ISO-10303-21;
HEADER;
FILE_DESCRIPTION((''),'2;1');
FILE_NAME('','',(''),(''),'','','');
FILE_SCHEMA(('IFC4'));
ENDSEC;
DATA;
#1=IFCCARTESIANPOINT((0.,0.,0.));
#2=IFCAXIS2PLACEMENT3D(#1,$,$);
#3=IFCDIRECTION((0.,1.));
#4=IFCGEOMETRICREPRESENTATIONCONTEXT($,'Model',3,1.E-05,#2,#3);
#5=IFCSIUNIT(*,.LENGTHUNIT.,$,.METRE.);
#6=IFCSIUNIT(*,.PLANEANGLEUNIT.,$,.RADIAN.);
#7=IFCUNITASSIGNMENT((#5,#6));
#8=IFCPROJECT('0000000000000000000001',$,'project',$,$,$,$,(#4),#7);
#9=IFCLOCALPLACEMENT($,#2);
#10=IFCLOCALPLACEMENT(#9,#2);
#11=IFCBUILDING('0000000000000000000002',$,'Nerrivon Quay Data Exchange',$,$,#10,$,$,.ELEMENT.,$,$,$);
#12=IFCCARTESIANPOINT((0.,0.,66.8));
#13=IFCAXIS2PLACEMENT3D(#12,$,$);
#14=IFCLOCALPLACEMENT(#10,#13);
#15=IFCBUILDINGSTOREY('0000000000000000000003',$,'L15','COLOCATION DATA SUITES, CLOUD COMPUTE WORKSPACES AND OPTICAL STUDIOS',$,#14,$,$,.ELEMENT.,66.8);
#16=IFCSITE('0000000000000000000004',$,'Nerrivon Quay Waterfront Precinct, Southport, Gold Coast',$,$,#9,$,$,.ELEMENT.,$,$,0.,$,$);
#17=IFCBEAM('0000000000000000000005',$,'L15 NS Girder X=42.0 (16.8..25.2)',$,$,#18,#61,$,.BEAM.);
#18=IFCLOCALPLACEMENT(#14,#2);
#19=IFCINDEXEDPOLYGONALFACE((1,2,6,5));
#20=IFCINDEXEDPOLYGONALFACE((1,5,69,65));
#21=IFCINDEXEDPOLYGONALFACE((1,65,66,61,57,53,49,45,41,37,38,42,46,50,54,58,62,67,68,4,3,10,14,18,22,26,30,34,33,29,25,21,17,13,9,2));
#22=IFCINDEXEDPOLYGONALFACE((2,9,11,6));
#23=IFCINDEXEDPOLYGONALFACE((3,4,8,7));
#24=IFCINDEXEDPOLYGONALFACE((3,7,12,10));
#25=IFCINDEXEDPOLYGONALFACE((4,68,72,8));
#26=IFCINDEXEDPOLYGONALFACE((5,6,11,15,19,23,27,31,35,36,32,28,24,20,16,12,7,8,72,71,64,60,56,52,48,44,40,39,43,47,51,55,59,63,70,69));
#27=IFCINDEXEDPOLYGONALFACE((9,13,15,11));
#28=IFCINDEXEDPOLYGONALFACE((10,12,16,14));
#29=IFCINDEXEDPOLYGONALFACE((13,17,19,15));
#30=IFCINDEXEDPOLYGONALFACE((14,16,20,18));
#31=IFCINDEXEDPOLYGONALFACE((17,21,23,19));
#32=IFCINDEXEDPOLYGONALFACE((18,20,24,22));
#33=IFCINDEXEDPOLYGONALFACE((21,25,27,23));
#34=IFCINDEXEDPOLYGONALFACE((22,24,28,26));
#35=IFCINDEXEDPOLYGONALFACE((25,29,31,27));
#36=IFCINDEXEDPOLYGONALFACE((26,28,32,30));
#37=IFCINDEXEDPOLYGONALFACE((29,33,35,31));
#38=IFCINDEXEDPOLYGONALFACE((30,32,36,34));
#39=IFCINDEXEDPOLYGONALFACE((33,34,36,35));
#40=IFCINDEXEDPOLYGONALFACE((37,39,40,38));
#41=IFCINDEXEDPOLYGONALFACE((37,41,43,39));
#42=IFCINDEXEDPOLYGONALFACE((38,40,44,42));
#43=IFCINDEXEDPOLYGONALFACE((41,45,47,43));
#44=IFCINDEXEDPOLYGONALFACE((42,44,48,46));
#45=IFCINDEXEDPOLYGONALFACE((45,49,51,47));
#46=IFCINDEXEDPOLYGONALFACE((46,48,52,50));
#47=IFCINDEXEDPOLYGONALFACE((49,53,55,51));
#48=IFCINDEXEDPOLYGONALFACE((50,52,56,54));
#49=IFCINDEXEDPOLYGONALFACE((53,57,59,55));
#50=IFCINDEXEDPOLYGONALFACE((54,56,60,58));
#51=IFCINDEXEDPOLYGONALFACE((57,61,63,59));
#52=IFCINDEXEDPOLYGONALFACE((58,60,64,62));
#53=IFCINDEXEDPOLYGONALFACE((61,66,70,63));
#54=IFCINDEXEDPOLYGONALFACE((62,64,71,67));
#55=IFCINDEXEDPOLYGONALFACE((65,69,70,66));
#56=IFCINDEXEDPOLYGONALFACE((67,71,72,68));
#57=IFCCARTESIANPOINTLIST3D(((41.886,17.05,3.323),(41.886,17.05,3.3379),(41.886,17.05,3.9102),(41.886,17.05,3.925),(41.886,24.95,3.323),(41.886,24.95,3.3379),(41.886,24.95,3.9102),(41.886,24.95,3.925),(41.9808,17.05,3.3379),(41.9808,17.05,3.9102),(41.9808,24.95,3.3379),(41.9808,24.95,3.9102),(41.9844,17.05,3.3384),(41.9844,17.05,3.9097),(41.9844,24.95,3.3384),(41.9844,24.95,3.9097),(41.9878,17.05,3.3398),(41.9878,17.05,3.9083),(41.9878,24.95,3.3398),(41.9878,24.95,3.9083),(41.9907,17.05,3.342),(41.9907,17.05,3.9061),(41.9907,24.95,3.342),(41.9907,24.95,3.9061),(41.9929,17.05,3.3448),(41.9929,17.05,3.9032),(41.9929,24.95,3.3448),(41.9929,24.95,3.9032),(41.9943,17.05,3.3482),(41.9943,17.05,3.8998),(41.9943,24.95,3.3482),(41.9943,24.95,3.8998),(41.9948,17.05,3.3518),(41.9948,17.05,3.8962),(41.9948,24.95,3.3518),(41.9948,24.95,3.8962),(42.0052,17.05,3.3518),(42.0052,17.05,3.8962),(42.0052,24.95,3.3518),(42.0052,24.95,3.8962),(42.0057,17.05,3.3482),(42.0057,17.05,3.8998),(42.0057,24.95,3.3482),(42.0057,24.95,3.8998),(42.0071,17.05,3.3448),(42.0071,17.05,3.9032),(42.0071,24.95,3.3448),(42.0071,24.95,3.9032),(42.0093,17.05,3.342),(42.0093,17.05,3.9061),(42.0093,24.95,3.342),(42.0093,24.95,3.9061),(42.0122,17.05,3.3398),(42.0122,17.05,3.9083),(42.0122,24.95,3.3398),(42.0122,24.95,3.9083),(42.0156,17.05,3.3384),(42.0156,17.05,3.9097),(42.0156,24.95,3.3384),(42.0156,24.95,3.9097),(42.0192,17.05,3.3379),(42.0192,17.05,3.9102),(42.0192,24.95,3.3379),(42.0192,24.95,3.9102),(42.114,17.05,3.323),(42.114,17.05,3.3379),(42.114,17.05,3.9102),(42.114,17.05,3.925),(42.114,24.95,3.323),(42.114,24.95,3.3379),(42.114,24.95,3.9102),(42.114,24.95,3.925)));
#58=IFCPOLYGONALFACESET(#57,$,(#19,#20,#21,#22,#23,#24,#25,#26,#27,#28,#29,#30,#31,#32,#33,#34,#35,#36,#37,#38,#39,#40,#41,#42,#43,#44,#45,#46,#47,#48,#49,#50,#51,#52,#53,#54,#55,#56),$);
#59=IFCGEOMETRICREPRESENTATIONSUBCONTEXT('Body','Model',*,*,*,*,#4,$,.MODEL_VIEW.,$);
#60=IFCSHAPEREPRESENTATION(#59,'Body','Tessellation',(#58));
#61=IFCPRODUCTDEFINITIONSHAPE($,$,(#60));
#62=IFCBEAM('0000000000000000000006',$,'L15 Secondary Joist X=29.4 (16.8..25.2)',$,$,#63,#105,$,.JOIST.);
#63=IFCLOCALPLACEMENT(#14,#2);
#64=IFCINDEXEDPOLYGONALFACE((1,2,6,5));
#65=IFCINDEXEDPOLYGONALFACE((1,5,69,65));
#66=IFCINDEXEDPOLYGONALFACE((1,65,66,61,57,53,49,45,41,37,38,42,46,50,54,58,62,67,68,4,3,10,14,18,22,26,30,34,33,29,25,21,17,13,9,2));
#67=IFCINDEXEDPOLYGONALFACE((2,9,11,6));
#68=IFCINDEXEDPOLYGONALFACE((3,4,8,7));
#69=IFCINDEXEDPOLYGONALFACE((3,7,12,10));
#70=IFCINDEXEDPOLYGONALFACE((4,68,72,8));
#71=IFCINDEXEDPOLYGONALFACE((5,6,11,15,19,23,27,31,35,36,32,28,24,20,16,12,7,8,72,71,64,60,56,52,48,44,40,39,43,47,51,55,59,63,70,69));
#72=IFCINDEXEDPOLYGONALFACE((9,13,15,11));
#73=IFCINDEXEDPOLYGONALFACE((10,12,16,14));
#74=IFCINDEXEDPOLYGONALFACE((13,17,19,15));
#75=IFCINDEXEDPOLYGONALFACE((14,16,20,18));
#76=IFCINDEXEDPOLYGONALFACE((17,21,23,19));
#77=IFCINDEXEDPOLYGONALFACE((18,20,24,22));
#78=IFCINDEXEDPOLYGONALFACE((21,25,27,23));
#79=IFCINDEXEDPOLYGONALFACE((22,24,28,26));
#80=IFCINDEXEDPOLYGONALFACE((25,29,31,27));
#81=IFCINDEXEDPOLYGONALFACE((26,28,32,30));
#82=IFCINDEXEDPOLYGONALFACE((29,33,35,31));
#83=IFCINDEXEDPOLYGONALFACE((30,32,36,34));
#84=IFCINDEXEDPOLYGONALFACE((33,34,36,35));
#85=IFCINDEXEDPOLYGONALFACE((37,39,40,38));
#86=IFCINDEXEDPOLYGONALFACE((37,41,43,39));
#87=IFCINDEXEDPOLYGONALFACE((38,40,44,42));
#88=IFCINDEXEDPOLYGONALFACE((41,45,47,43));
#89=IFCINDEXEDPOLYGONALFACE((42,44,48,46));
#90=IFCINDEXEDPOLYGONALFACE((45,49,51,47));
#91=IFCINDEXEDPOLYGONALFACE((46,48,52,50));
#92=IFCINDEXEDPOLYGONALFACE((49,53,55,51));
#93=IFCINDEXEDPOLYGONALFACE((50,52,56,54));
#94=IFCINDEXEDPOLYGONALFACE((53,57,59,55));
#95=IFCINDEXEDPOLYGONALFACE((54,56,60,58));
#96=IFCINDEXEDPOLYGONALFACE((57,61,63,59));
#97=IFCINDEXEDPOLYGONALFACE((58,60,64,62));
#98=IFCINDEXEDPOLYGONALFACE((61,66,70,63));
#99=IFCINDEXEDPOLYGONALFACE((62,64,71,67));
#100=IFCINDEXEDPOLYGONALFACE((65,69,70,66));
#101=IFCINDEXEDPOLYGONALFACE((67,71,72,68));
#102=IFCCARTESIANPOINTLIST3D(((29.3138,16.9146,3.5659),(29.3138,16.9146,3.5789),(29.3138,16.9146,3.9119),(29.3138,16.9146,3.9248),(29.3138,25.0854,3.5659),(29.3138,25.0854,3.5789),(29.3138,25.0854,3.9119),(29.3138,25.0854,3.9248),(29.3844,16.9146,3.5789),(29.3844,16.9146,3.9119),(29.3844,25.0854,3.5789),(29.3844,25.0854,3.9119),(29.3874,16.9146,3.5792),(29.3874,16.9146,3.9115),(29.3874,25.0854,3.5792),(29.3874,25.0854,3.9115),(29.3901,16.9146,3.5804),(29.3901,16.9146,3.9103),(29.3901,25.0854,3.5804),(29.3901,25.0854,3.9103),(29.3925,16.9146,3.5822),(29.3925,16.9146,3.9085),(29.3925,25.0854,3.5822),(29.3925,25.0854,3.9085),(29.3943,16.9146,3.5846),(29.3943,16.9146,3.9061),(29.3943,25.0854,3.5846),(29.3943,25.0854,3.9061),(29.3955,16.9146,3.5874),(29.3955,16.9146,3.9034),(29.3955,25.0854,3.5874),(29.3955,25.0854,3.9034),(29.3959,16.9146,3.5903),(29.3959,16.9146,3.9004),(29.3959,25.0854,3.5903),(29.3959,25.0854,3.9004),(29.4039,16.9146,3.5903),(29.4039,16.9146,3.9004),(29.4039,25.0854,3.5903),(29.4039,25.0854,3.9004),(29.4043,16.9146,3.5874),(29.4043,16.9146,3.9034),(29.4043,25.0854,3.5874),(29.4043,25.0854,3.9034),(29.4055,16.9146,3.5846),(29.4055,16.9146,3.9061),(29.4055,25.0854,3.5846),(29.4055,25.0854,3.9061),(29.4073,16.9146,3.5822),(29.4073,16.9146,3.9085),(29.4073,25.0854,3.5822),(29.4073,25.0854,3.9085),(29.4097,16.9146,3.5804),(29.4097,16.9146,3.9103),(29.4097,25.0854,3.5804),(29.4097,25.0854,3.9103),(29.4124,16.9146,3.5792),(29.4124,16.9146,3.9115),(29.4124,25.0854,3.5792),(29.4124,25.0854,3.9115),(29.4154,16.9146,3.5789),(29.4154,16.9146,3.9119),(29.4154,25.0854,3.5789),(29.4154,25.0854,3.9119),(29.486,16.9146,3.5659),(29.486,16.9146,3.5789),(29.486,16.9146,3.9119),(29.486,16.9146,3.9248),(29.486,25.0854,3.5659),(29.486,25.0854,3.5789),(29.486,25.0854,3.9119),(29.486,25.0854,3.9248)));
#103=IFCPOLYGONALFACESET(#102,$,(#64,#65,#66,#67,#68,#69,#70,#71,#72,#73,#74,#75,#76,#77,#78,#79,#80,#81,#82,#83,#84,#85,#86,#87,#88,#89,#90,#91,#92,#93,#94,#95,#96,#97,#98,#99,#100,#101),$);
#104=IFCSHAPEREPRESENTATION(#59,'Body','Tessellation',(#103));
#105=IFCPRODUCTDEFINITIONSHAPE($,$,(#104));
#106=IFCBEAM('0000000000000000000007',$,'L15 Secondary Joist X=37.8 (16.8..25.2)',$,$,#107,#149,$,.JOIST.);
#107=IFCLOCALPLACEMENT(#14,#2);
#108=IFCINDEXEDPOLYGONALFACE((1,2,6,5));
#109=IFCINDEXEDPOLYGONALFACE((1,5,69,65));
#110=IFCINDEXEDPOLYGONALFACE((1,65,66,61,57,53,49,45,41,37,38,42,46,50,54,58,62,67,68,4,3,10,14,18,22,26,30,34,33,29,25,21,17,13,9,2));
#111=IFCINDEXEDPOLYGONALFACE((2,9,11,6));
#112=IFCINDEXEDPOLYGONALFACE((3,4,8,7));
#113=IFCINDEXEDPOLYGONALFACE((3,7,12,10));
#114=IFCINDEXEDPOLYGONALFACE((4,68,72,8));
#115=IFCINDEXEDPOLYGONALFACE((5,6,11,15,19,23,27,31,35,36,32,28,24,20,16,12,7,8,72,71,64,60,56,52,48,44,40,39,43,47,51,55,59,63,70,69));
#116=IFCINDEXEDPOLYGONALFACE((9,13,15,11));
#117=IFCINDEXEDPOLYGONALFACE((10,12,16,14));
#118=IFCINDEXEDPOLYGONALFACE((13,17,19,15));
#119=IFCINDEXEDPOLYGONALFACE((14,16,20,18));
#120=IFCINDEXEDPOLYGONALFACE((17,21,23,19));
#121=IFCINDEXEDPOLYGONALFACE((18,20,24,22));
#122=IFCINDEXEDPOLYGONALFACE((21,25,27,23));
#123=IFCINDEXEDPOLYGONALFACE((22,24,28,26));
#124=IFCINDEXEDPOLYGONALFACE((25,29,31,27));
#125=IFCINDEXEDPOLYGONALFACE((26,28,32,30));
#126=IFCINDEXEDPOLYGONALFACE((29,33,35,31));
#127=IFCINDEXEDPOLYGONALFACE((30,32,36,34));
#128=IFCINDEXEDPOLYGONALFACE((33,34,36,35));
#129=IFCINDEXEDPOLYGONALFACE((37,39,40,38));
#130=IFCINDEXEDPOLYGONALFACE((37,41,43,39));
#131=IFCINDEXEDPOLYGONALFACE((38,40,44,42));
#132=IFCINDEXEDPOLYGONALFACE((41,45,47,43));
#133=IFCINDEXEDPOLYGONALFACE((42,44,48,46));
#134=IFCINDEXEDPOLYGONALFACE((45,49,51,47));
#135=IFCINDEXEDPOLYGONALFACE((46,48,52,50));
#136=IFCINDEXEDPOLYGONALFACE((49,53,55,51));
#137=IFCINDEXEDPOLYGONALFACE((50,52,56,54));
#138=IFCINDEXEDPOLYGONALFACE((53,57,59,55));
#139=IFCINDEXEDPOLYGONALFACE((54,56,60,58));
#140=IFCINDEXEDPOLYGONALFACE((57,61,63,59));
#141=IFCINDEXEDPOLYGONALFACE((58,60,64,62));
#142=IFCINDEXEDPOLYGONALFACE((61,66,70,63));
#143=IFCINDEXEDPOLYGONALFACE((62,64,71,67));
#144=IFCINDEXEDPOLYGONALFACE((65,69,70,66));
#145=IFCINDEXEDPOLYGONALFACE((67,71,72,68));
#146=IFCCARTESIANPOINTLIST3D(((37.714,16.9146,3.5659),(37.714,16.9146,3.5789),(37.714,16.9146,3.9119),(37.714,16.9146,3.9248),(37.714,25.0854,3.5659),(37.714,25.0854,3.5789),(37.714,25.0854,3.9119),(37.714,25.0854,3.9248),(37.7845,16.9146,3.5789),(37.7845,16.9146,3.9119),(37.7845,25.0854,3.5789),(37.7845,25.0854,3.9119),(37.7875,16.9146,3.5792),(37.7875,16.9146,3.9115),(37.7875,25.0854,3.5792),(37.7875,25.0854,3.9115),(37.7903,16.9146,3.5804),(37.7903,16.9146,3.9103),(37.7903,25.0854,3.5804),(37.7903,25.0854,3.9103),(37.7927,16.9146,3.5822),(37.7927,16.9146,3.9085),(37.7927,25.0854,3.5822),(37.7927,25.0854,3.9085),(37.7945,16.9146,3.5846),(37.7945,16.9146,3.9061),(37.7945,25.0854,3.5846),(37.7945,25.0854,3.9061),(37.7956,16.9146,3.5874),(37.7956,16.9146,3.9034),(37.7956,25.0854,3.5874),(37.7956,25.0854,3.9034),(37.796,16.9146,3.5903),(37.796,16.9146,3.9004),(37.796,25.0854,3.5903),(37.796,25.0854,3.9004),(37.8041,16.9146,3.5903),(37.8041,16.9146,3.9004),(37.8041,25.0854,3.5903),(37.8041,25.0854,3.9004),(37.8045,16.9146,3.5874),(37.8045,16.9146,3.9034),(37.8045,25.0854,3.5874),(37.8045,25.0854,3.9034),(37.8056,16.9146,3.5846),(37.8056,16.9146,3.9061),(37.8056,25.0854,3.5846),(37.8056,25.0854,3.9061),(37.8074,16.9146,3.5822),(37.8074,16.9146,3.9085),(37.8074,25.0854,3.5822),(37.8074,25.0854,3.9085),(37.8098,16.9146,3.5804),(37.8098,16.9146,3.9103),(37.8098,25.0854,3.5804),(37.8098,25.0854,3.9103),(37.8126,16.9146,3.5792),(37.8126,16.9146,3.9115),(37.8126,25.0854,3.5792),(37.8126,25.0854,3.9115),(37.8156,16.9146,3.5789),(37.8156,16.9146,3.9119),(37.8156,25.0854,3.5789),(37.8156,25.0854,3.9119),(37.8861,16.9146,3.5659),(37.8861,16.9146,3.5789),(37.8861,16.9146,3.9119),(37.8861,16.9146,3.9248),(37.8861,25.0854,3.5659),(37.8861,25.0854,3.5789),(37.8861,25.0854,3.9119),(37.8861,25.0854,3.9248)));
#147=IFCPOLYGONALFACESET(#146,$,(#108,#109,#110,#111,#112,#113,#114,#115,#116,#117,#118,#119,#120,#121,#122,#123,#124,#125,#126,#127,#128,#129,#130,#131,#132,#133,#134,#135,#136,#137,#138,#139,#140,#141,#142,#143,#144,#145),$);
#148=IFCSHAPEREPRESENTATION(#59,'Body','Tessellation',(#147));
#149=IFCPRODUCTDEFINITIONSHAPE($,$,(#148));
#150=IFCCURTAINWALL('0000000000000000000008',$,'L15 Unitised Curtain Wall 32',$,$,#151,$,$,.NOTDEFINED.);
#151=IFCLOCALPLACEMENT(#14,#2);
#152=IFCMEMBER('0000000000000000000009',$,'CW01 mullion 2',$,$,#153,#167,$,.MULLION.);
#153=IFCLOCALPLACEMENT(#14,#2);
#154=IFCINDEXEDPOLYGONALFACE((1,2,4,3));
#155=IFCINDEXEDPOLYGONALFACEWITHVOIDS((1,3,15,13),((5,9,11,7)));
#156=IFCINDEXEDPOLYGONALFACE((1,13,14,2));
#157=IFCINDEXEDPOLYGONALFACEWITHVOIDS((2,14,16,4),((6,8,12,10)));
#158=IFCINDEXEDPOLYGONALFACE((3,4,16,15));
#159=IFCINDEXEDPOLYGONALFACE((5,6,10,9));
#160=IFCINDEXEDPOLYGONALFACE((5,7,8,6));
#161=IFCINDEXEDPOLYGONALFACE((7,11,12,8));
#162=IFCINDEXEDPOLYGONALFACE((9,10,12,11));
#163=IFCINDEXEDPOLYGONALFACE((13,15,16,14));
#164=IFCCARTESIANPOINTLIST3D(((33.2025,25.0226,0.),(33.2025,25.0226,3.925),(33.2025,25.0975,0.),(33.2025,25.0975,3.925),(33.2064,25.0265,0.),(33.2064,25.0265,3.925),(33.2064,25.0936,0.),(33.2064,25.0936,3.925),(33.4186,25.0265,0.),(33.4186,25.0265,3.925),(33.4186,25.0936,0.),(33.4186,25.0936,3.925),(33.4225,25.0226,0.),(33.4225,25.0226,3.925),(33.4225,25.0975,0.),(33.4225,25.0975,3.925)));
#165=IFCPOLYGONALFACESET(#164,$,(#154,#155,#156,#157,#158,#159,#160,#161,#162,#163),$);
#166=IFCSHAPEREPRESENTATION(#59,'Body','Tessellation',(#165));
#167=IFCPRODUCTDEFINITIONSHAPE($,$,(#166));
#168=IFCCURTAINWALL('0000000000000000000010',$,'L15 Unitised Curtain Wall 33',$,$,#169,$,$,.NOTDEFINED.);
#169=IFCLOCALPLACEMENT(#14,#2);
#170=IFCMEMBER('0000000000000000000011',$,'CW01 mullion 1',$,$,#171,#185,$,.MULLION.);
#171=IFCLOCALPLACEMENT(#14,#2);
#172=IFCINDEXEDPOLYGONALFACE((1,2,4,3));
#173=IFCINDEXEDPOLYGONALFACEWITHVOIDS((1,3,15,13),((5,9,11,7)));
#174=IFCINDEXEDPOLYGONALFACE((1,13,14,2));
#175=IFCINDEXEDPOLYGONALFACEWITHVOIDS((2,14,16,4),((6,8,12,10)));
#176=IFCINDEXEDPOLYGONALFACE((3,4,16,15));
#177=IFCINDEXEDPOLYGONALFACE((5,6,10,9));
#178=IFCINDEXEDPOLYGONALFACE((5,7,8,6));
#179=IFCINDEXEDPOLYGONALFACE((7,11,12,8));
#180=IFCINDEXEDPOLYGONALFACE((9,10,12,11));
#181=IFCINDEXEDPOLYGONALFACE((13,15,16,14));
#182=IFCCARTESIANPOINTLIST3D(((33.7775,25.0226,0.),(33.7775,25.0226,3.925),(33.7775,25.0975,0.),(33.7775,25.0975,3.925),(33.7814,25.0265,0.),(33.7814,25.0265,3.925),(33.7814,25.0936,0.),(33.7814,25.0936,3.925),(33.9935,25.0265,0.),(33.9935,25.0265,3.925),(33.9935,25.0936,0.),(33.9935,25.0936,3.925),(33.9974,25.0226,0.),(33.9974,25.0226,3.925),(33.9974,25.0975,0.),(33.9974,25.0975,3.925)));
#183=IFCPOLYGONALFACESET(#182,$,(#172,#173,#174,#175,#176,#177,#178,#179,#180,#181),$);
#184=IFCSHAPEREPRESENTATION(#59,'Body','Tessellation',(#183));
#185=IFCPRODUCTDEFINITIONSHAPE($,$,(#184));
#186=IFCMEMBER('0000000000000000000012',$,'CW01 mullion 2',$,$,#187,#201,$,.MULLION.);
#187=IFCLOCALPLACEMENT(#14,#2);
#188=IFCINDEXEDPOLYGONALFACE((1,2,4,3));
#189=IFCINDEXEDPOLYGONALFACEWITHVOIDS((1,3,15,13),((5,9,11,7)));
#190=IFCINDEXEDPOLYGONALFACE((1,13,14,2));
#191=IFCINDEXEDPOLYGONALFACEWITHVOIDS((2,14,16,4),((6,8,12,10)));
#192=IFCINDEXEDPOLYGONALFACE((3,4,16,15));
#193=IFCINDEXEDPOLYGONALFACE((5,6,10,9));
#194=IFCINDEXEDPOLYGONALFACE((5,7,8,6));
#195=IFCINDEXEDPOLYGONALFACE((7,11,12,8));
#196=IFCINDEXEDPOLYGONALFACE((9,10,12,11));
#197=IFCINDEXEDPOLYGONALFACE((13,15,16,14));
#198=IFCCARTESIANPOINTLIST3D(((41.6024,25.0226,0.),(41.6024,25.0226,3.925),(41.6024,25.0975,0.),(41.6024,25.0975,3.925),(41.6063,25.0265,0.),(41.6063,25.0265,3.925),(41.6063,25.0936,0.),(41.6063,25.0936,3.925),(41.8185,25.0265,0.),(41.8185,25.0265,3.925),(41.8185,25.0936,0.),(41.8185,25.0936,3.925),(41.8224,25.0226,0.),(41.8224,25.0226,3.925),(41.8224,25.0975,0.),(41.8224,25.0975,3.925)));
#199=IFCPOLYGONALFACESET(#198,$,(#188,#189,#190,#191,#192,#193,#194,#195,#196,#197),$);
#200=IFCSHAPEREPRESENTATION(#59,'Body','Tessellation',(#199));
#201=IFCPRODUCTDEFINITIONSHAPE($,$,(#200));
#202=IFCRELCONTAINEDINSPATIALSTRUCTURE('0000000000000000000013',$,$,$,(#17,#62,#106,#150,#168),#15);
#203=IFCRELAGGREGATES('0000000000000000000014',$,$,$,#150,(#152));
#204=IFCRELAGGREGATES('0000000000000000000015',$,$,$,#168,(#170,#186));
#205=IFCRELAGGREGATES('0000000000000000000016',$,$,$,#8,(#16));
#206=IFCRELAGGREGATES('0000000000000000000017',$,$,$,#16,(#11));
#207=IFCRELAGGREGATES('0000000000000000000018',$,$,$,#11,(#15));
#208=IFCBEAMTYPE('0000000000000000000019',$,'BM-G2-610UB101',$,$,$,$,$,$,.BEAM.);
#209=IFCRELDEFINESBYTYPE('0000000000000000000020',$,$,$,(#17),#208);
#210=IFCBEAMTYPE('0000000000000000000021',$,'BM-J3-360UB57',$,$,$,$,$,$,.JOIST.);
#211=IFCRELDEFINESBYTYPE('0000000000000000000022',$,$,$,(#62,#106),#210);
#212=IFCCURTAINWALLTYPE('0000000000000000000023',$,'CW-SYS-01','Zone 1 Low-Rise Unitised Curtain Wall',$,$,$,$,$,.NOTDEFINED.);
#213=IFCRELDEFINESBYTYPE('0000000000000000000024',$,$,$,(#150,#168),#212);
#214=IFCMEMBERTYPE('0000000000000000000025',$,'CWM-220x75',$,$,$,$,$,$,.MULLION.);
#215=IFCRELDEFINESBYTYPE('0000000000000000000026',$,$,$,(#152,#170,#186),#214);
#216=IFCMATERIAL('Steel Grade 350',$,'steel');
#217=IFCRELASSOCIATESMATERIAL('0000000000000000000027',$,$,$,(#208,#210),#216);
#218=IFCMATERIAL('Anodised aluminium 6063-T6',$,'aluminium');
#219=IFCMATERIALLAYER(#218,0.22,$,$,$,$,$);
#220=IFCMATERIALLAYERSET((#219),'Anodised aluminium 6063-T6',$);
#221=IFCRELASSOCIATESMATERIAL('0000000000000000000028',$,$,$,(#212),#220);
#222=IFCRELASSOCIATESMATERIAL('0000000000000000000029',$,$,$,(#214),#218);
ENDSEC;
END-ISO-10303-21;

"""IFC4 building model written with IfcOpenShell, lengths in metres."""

from ifc_helpers import new_model, si_unit, direction, frame, origin, origin_2d, place, context, subcontext, project, spatial, hollow_rectangle, i_section, extrude, material, layer, layer_set, material_profile, profile_set, type_object, element, aggregate, save


model = new_model("IFC4")

# Units and contexts
model_context = context("Model", 3, precision=1e-05, world=origin(), true_north=direction((0.0, 1.0)))
body_context = subcontext(model_context, "Body", "Model", "MODEL_VIEW")
ifc_project = project(units=[si_unit("LENGTHUNIT", "METRE"), si_unit("PLANEANGLEUNIT", "RADIAN")], contexts=[model_context])

# Site, building, storey
site_placement = place(None, origin())
site = spatial("IfcSite", under=ifc_project, at=site_placement, Name="Nerrivon Quay Waterfront Precinct, Southport, Gold Coast", CompositionType="ELEMENT", RefElevation=0.0)
building_placement = place(site_placement, origin())
building = spatial("IfcBuilding", under=site, at=building_placement, Name="Nerrivon Quay Data Exchange", CompositionType="ELEMENT")
storey_placement = place(building_placement, frame((0.0, 0.0, 66.8)))
storey = spatial("IfcBuildingStorey", under=building, at=storey_placement, Name="L15", Description="COLOCATION DATA SUITES, CLOUD COMPUTE WORKSPACES AND OPTICAL STUDIOS", CompositionType="ELEMENT", Elevation=66.8)

# Shared definitions
ifc_material_1 = material(Name="Steel Grade 350", Category="steel")

# Beams
ifc_material_profile_1 = material_profile(ifc_material_1, i_section(OverallWidth=0.228, OverallDepth=0.6021, WebThickness=0.0105, FlangeThickness=0.0149, FilletRadius=0.0139, at=origin_2d()), Name="610UB101")
ifc_profile_set_1 = profile_set([ifc_material_profile_1], Name="Steel Grade 350")
beam_type_1 = type_object("IfcBeamType", Name="BM-G2-610UB101", PredefinedType="BEAM", material=ifc_profile_set_1)
beam_1_placement = place(storey_placement, frame((42.0, 17.05, 3.624), z_axis=(0.0, 1.0, 0.0), x_axis=(-1.0, 0.0, 0.0)))
element("IfcBeam", 1, at=beam_1_placement, inside=storey, type_object=beam_type_1, Name="L15 NS Girder X=42.0 (16.8..25.2)", PredefinedType="BEAM", context=body_context, shape_type="SweptSolid", body=[
    extrude(i_section(OverallWidth=0.228, OverallDepth=0.6021, WebThickness=0.0105, FlangeThickness=0.0149, FilletRadius=0.0139, at=origin_2d()), origin(), (0.0, 0.0, 1.0), 7.8999),
])
ifc_material_profile_2 = material_profile(ifc_material_1, i_section(OverallWidth=0.1721, OverallDepth=0.3589, WebThickness=0.0081, FlangeThickness=0.0129, FilletRadius=0.0115, at=origin_2d()), Name="360UB56.7")
ifc_profile_set_2 = profile_set([ifc_material_profile_2], Name="Steel Grade 350")
beam_type_2 = type_object("IfcBeamType", Name="BM-J3-360UB57", PredefinedType="JOIST", material=ifc_profile_set_2)
for number, where, z_axis, x_axis, name in (
    (2, (29.3999, 16.9146, 3.7454), (0.0, 1.0, 0.0), (-1.0, 0.0, 0.0), "L15 Secondary Joist X=29.4 (16.8..25.2)"),
    (3, (37.8, 16.9146, 3.7454), (0.0, 1.0, 0.0), (-1.0, 0.0, 0.0), "L15 Secondary Joist X=37.8 (16.8..25.2)"),
):
    element("IfcBeam", number, at=place(storey_placement, frame(where, z_axis=z_axis, x_axis=x_axis)), inside=storey, type_object=beam_type_2, Name=name, PredefinedType="JOIST", context=body_context, shape_type="SweptSolid", body=[
        extrude(i_section(OverallWidth=0.1721, OverallDepth=0.3589, WebThickness=0.0081, FlangeThickness=0.0129, FilletRadius=0.0115, at=origin_2d()), origin(), (0.0, 0.0, 1.0), 8.1709),
    ])

# Curtain wall, member
ifc_material_2 = material(Name="Anodised aluminium 6063-T6", Category="aluminium")
ifc_layer_1 = layer(ifc_material_2, 0.22)
ifc_layer_set_1 = layer_set([ifc_layer_1], Name="Anodised aluminium 6063-T6")
curtain_wall_type = type_object("IfcCurtainWallType", Name="CW-SYS-01", Description="Zone 1 Low-Rise Unitised Curtain Wall", PredefinedType="NOTDEFINED", material=ifc_layer_set_1)
curtain_wall_1_placement = place(storey_placement, origin())
curtain_wall_1 = element("IfcCurtainWall", 4, at=curtain_wall_1_placement, inside=storey, type_object=curtain_wall_type, Name="L15 Unitised Curtain Wall 32", PredefinedType="NOTDEFINED")
ifc_material_profile_3 = material_profile(ifc_material_2, hollow_rectangle(XDim=0.075, YDim=0.22, WallThickness=0.0039, at=origin_2d()), Name="ALU-MULL-220x75")
ifc_profile_set_3 = profile_set([ifc_material_profile_3], Name="Anodised aluminium 6063-T6")
member_type_1 = type_object("IfcMemberType", Name="CWM-220x75", PredefinedType="MULLION", material=ifc_profile_set_3)
member_1_placement = place(storey_placement, frame((33.3125, 25.0601, 0.0), z_axis=(0.0, 0.0, 1.0), x_axis=(0.0, 1.0, 0.0)))
member_1 = element("IfcMember", 5, at=member_1_placement, type_object=member_type_1, Name="CW01 mullion 2", PredefinedType="MULLION", context=body_context, shape_type="SweptSolid", body=[
    extrude(hollow_rectangle(XDim=0.075, YDim=0.22, WallThickness=0.0039, at=origin_2d()), origin(), (0.0, 0.0, 1.0), 3.925),
])

# Curtain wall, members
curtain_wall_2_placement = place(storey_placement, origin())
curtain_wall_2 = element("IfcCurtainWall", 6, at=curtain_wall_2_placement, inside=storey, type_object=curtain_wall_type, Name="L15 Unitised Curtain Wall 33", PredefinedType="NOTDEFINED")
member_2_placement = place(storey_placement, frame((33.8875, 25.0601, 0.0), z_axis=(0.0, 0.0, 1.0), x_axis=(0.0, 1.0, 0.0)))
member_2 = element("IfcMember", 7, at=member_2_placement, type_object=member_type_1, Name="CW01 mullion 1", PredefinedType="MULLION", context=body_context, shape_type="SweptSolid", body=[
    extrude(hollow_rectangle(XDim=0.075, YDim=0.22, WallThickness=0.0039, at=origin_2d()), origin(), (0.0, 0.0, 1.0), 3.925),
])
member_3_placement = place(storey_placement, frame((41.7124, 25.0601, 0.0), z_axis=(0.0, 0.0, 1.0), x_axis=(0.0, 1.0, 0.0)))
member_3 = element("IfcMember", 8, at=member_3_placement, type_object=member_type_1, Name="CW01 mullion 2", PredefinedType="MULLION", context=body_context, shape_type="SweptSolid", body=[
    extrude(hollow_rectangle(XDim=0.075, YDim=0.22, WallThickness=0.0039, at=origin_2d()), origin(), (0.0, 0.0, 1.0), 3.925),
])

aggregate(curtain_wall_1, [member_1])
aggregate(curtain_wall_2, [member_2, member_3])

save(model, "model.ifc")
